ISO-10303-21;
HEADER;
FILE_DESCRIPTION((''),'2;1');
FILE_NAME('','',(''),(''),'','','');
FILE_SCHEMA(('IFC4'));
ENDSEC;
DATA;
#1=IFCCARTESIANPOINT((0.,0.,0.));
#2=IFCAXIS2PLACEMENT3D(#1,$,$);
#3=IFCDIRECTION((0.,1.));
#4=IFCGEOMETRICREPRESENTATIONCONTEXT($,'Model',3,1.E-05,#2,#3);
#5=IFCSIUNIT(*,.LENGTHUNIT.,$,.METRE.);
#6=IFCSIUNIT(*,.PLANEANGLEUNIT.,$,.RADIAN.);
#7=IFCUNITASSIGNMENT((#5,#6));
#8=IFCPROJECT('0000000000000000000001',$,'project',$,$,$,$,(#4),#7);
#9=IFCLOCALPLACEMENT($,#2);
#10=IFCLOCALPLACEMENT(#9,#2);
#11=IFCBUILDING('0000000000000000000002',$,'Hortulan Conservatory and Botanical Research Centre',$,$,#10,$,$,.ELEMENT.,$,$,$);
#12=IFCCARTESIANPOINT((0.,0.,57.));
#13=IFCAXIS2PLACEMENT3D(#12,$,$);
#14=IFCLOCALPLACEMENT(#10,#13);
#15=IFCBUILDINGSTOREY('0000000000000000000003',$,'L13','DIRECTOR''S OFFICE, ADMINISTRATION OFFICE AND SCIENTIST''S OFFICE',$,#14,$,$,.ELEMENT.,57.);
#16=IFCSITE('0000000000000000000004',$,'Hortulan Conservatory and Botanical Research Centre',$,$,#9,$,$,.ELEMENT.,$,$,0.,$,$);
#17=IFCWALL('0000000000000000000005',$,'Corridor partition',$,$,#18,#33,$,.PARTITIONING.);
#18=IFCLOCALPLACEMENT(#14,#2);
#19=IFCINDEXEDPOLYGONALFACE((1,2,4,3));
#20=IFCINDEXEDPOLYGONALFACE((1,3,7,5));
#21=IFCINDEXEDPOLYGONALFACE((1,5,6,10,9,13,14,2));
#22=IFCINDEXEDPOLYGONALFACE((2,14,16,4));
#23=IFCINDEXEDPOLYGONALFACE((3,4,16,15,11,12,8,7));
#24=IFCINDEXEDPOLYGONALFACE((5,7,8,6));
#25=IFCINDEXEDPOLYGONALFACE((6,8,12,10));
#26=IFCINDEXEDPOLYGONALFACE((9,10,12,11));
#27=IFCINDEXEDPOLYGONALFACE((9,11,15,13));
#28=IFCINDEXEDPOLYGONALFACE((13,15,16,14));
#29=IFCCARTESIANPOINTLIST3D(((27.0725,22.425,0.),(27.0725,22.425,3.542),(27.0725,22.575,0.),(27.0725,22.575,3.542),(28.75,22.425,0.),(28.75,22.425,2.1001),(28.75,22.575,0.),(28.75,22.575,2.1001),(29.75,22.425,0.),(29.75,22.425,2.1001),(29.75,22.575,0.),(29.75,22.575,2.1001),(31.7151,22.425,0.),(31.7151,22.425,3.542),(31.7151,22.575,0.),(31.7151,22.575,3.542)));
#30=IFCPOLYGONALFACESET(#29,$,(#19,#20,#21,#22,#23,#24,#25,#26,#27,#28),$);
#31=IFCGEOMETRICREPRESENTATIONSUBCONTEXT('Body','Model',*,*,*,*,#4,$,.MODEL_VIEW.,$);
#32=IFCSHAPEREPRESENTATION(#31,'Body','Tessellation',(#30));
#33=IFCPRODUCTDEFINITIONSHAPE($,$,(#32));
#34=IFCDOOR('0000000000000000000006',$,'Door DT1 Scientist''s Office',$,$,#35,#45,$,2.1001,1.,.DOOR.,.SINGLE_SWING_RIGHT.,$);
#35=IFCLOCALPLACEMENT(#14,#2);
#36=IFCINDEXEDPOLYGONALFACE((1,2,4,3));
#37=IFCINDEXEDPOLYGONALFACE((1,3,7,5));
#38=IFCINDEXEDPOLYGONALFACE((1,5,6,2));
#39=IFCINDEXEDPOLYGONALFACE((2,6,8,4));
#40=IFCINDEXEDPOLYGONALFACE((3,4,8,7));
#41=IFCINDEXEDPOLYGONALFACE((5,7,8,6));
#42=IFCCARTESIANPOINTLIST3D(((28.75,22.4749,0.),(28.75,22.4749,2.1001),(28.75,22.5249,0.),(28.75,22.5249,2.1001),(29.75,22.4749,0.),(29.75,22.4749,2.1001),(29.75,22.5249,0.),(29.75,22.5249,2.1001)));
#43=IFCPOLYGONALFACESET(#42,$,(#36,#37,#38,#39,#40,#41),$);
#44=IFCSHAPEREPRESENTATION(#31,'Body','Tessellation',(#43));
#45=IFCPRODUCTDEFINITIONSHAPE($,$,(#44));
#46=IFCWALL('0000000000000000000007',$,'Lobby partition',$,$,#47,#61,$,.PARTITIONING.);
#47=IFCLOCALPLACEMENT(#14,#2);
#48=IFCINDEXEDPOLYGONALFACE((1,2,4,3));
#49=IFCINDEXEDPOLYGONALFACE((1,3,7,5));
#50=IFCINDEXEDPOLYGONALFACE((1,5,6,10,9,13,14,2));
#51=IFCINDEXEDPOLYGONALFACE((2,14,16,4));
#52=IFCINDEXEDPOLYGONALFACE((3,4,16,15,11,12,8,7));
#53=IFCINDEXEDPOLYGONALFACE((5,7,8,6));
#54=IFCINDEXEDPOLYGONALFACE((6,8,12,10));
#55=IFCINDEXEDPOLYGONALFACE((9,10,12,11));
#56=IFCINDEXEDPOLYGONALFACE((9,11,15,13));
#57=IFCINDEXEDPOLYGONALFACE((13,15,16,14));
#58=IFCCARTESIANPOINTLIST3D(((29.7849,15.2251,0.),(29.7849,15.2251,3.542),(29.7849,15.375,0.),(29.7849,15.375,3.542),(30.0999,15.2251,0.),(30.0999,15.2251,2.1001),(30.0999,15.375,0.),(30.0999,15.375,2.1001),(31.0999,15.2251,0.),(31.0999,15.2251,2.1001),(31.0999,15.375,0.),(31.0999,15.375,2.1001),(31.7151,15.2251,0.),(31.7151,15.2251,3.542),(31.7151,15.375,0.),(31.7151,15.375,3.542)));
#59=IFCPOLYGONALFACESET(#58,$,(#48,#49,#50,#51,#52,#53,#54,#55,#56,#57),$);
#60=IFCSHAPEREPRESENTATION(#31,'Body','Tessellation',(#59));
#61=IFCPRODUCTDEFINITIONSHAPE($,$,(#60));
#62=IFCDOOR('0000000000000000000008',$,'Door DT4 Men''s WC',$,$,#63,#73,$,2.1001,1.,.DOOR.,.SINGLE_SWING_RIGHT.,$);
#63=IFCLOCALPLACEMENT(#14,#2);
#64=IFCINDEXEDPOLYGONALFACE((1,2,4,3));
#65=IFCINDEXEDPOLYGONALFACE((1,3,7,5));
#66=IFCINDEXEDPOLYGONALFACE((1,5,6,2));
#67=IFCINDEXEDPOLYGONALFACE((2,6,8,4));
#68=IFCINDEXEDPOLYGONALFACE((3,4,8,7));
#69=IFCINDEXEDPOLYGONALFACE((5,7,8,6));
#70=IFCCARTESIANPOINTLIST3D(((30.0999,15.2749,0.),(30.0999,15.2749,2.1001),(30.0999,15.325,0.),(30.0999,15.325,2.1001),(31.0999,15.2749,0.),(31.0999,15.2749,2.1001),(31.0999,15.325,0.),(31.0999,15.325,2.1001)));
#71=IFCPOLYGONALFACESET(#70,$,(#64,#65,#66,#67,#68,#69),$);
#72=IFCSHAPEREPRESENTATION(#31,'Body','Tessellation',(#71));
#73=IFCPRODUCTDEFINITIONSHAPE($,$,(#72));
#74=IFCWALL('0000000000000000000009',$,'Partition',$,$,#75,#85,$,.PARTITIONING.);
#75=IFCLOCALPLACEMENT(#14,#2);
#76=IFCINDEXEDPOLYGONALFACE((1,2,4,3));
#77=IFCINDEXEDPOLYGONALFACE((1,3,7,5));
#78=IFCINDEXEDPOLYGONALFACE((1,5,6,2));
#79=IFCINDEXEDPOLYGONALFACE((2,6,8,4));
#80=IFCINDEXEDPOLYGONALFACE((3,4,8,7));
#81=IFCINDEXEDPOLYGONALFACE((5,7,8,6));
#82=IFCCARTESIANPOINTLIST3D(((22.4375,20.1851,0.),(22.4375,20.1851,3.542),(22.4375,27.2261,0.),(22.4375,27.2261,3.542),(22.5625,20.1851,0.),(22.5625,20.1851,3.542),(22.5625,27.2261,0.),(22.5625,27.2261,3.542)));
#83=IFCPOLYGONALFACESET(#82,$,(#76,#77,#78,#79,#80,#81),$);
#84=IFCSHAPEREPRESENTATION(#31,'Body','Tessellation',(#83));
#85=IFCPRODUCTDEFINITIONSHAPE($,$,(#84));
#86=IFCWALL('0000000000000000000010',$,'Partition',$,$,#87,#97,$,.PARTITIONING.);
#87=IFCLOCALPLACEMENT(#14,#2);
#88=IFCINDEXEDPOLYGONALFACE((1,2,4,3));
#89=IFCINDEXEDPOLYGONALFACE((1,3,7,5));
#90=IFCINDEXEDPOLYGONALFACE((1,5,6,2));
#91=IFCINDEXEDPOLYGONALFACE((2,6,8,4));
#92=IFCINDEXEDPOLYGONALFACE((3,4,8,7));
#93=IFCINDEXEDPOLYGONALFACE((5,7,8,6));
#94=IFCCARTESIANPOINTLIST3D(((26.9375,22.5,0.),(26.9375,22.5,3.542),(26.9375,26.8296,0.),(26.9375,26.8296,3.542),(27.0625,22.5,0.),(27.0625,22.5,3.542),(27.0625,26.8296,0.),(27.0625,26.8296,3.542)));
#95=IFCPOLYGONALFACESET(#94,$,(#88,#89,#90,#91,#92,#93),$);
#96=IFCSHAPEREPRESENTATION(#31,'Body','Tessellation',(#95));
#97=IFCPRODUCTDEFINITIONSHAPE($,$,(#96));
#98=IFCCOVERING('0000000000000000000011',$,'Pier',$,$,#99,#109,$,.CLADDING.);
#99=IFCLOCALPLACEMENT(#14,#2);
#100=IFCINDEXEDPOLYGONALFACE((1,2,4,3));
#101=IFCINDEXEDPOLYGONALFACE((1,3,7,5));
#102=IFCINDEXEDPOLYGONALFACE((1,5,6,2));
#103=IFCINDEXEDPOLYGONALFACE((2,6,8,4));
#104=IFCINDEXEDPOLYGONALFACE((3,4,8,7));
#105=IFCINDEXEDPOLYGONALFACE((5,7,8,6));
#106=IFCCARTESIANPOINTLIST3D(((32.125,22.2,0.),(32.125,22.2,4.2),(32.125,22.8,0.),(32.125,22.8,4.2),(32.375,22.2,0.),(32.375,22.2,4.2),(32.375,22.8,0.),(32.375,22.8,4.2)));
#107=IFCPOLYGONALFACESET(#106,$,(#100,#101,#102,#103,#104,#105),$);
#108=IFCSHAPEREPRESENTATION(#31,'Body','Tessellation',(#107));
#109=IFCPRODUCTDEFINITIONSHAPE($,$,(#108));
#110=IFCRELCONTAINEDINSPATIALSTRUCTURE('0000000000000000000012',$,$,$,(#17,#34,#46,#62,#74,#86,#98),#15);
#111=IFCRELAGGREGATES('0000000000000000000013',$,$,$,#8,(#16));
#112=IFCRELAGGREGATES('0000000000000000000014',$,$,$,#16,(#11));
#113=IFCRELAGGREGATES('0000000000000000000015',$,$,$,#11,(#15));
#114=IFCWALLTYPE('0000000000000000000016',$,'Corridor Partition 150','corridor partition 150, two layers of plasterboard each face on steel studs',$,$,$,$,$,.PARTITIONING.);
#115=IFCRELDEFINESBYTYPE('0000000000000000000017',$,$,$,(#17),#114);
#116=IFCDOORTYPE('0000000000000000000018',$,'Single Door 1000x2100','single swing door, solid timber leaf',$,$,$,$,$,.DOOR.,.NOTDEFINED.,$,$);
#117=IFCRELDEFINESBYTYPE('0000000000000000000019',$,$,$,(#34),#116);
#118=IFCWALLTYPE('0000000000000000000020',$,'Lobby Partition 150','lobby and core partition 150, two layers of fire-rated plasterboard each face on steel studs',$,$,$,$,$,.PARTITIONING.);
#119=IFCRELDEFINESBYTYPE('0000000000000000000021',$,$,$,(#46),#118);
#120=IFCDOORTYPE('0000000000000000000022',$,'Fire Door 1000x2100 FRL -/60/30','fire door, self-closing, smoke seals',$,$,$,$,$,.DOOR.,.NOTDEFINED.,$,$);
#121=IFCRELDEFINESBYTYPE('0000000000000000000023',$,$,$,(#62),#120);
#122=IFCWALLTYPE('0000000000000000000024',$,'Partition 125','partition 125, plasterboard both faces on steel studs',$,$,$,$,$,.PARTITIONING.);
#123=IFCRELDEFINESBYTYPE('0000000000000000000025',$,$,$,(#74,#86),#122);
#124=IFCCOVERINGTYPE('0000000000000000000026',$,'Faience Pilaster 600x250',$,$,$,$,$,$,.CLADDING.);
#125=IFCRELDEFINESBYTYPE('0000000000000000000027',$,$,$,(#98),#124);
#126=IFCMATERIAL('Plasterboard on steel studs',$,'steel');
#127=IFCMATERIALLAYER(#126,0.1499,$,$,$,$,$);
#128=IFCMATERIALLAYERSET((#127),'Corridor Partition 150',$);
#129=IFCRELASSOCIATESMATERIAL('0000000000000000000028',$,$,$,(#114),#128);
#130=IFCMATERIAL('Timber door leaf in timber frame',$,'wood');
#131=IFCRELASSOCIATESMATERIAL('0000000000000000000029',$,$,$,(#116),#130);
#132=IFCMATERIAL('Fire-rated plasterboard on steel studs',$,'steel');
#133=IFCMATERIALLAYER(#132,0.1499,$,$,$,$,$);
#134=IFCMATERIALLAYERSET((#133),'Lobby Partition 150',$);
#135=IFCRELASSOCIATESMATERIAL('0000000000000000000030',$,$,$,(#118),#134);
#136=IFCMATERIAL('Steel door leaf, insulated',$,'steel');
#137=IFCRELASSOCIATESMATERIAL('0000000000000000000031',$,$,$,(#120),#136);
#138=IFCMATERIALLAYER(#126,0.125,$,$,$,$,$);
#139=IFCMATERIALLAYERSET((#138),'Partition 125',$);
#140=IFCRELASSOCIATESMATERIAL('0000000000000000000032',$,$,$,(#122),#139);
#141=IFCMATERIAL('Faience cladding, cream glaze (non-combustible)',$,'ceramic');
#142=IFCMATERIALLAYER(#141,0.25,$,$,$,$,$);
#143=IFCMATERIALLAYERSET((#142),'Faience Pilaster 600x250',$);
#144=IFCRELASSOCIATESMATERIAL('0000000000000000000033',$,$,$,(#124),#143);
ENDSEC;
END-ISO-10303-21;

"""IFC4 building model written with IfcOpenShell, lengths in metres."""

from ifc_helpers import new_model, si_unit, direction, frame, frame_2d, origin, origin_2d, place, context, subcontext, project, spatial, rectangle, extrude, material, layer, layer_set, type_object, element, fill, save


model = new_model("IFC4")

# Units and contexts
model_context = context("Model", 3, precision=1e-05, world=origin(), true_north=direction((0.0, 1.0)))
body_context = subcontext(model_context, "Body", "Model", "MODEL_VIEW")
ifc_project = project(units=[si_unit("LENGTHUNIT", "METRE"), si_unit("PLANEANGLEUNIT", "RADIAN")], contexts=[model_context])

# Site, building, storey
site_placement = place(None, origin())
site = spatial("IfcSite", under=ifc_project, at=site_placement, Name="Hortulan Conservatory and Botanical Research Centre", CompositionType="ELEMENT", RefElevation=0.0)
building_placement = place(site_placement, origin())
building = spatial("IfcBuilding", under=site, at=building_placement, Name="Hortulan Conservatory and Botanical Research Centre", CompositionType="ELEMENT")
storey_placement = place(building_placement, frame((0.0, 0.0, 57.0)))
storey = spatial("IfcBuildingStorey", under=building, at=storey_placement, Name="L13", Description="DIRECTOR'S OFFICE, ADMINISTRATION OFFICE AND SCIENTIST'S OFFICE", CompositionType="ELEMENT", Elevation=57.0)

# Shared definitions
ifc_material_1 = material(Name="Plasterboard on steel studs", Category="steel")
ifc_layer_1 = layer(ifc_material_1, 0.1499)
ifc_layer_set_1 = layer_set([ifc_layer_1], Name="Corridor Partition 150")
wall_type_1 = type_object("IfcWallType", Name="Corridor Partition 150", Description="corridor partition 150, two layers of plasterboard each face on steel studs", PredefinedType="PARTITIONING", material=ifc_layer_set_1)

# Walls, openings, doors
wall_1_placement = place(storey_placement, frame((27.0725, 22.5, 0.0), z_axis=(0.0, 0.0, 1.0), x_axis=(1.0, 0.0, 0.0)))
wall_1 = element("IfcWall", 1, at=wall_1_placement, inside=storey, type_object=wall_type_1, Name="Corridor partition", PredefinedType="PARTITIONING", context=body_context, shape_type="SweptSolid", body=[
    extrude(rectangle(XDim=4.6426, YDim=0.1499, at=frame_2d((2.3213, 0.0))), origin(), (0.0, 0.0, 1.0), 3.542),
])
opening_1_placement = place(wall_1_placement, frame((1.6775, 0.0, 0.0)))
opening_1 = element("IfcOpeningElement", 2, at=opening_1_placement, cuts=wall_1, PredefinedType="OPENING", context=body_context, shape_type="SweptSolid", body=[
    extrude(rectangle(XDim=1.0, YDim=2.1001, at=frame_2d((0.5, 1.05))), frame((0.0, 0.085, 0.0), z_axis=(0.0, -1.0, 0.0), x_axis=(1.0, 0.0, 0.0)), (0.0, 0.0, 1.0), 0.1699),
])
ifc_material_2 = material(Name="Timber door leaf in timber frame", Category="wood")
door_type_1 = type_object("IfcDoorType", Name="Single Door 1000x2100", Description="single swing door, solid timber leaf", OperationType="NOTDEFINED", PredefinedType="DOOR", material=ifc_material_2)
door_1_placement = place(opening_1_placement, origin())
door_1 = element("IfcDoor", 3, at=door_1_placement, inside=storey, type_object=door_type_1, Name="Door DT1 Scientist's Office", OperationType="SINGLE_SWING_RIGHT", OverallHeight=2.1001, OverallWidth=1.0, PredefinedType="DOOR", context=body_context, shape_type="SweptSolid", body=[
    extrude(rectangle(XDim=1.0, YDim=2.1001, at=frame_2d((0.5, 1.05))), frame((0.0, 0.0249, 0.0), z_axis=(0.0, -1.0, 0.0), x_axis=(1.0, 0.0, 0.0)), (0.0, 0.0, 1.0), 0.05),
])
fill(opening_1, door_1)
ifc_material_3 = material(Name="Fire-rated plasterboard on steel studs", Category="steel")
ifc_layer_2 = layer(ifc_material_3, 0.1499)
ifc_layer_set_2 = layer_set([ifc_layer_2], Name="Lobby Partition 150")
wall_type_2 = type_object("IfcWallType", Name="Lobby Partition 150", Description="lobby and core partition 150, two layers of fire-rated plasterboard each face on steel studs", PredefinedType="PARTITIONING", material=ifc_layer_set_2)
wall_2_placement = place(storey_placement, frame((29.7849, 15.3, 0.0), z_axis=(0.0, 0.0, 1.0), x_axis=(1.0, 0.0, 0.0)))
wall_2 = element("IfcWall", 4, at=wall_2_placement, inside=storey, type_object=wall_type_2, Name="Lobby partition", PredefinedType="PARTITIONING", context=body_context, shape_type="SweptSolid", body=[
    extrude(rectangle(XDim=1.9302, YDim=0.1499, at=frame_2d((0.9651, 0.0))), origin(), (0.0, 0.0, 1.0), 3.542),
])
opening_2_placement = place(wall_2_placement, frame((0.3149, 0.0, 0.0)))
opening_2 = element("IfcOpeningElement", 5, at=opening_2_placement, cuts=wall_2, PredefinedType="OPENING", context=body_context, shape_type="SweptSolid", body=[
    extrude(rectangle(XDim=1.0, YDim=2.1001, at=frame_2d((0.5, 1.05))), frame((0.0, 0.085, 0.0), z_axis=(0.0, -1.0, 0.0), x_axis=(1.0, 0.0, 0.0)), (0.0, 0.0, 1.0), 0.1699),
])
ifc_material_4 = material(Name="Steel door leaf, insulated", Category="steel")
door_type_2 = type_object("IfcDoorType", Name="Fire Door 1000x2100 FRL -/60/30", Description="fire door, self-closing, smoke seals", OperationType="NOTDEFINED", PredefinedType="DOOR", material=ifc_material_4)
door_2_placement = place(opening_2_placement, origin())
door_2 = element("IfcDoor", 6, at=door_2_placement, inside=storey, type_object=door_type_2, Name="Door DT4 Men's WC", OperationType="SINGLE_SWING_RIGHT", OverallHeight=2.1001, OverallWidth=1.0, PredefinedType="DOOR", context=body_context, shape_type="SweptSolid", body=[
    extrude(rectangle(XDim=1.0, YDim=2.1001, at=frame_2d((0.5, 1.05))), frame((0.0, 0.0249, 0.0), z_axis=(0.0, -1.0, 0.0), x_axis=(1.0, 0.0, 0.0)), (0.0, 0.0, 1.0), 0.05),
])
fill(opening_2, door_2)

# Walls
ifc_layer_3 = layer(ifc_material_1, 0.125)
ifc_layer_set_3 = layer_set([ifc_layer_3], Name="Partition 125")
wall_type_3 = type_object("IfcWallType", Name="Partition 125", Description="partition 125, plasterboard both faces on steel studs", PredefinedType="PARTITIONING", material=ifc_layer_set_3)
wall_3_placement = place(storey_placement, frame((22.5, 20.1851, 0.0), z_axis=(0.0, 0.0, 1.0), x_axis=(0.0, 1.0, 0.0)))
element("IfcWall", 7, at=wall_3_placement, inside=storey, type_object=wall_type_3, Name="Partition", PredefinedType="PARTITIONING", context=body_context, shape_type="SweptSolid", body=[
    extrude(rectangle(XDim=7.041, YDim=0.125, at=frame_2d((3.5205, 0.0))), origin(), (0.0, 0.0, 1.0), 3.542),
])
wall_4_placement = place(storey_placement, frame((27.0, 22.5, 0.0), z_axis=(0.0, 0.0, 1.0), x_axis=(0.0, 1.0, 0.0)))
element("IfcWall", 8, at=wall_4_placement, inside=storey, type_object=wall_type_3, Name="Partition", PredefinedType="PARTITIONING", context=body_context, shape_type="SweptSolid", body=[
    extrude(rectangle(XDim=4.3296, YDim=0.125, at=frame_2d((2.1648, 0.0))), origin(), (0.0, 0.0, 1.0), 3.542),
])

# Covering
ifc_material_5 = material(Name="Faience cladding, cream glaze (non-combustible)", Category="ceramic")
ifc_layer_4 = layer(ifc_material_5, 0.25)
ifc_layer_set_4 = layer_set([ifc_layer_4], Name="Faience Pilaster 600x250")
covering_type = type_object("IfcCoveringType", Name="Faience Pilaster 600x250", PredefinedType="CLADDING", material=ifc_layer_set_4)
covering_placement = place(storey_placement, frame((32.25, 22.5, 0.0), z_axis=(0.0, 0.0, 1.0), x_axis=(0.0, 1.0, 0.0)))
element("IfcCovering", 9, at=covering_placement, inside=storey, type_object=covering_type, Name="Pier", PredefinedType="CLADDING", context=body_context, shape_type="SweptSolid", body=[
    extrude(rectangle(XDim=0.6001, YDim=0.25, at=origin_2d()), origin(), (0.0, 0.0, 1.0), 4.2),
])

save(model, "model.ifc")
